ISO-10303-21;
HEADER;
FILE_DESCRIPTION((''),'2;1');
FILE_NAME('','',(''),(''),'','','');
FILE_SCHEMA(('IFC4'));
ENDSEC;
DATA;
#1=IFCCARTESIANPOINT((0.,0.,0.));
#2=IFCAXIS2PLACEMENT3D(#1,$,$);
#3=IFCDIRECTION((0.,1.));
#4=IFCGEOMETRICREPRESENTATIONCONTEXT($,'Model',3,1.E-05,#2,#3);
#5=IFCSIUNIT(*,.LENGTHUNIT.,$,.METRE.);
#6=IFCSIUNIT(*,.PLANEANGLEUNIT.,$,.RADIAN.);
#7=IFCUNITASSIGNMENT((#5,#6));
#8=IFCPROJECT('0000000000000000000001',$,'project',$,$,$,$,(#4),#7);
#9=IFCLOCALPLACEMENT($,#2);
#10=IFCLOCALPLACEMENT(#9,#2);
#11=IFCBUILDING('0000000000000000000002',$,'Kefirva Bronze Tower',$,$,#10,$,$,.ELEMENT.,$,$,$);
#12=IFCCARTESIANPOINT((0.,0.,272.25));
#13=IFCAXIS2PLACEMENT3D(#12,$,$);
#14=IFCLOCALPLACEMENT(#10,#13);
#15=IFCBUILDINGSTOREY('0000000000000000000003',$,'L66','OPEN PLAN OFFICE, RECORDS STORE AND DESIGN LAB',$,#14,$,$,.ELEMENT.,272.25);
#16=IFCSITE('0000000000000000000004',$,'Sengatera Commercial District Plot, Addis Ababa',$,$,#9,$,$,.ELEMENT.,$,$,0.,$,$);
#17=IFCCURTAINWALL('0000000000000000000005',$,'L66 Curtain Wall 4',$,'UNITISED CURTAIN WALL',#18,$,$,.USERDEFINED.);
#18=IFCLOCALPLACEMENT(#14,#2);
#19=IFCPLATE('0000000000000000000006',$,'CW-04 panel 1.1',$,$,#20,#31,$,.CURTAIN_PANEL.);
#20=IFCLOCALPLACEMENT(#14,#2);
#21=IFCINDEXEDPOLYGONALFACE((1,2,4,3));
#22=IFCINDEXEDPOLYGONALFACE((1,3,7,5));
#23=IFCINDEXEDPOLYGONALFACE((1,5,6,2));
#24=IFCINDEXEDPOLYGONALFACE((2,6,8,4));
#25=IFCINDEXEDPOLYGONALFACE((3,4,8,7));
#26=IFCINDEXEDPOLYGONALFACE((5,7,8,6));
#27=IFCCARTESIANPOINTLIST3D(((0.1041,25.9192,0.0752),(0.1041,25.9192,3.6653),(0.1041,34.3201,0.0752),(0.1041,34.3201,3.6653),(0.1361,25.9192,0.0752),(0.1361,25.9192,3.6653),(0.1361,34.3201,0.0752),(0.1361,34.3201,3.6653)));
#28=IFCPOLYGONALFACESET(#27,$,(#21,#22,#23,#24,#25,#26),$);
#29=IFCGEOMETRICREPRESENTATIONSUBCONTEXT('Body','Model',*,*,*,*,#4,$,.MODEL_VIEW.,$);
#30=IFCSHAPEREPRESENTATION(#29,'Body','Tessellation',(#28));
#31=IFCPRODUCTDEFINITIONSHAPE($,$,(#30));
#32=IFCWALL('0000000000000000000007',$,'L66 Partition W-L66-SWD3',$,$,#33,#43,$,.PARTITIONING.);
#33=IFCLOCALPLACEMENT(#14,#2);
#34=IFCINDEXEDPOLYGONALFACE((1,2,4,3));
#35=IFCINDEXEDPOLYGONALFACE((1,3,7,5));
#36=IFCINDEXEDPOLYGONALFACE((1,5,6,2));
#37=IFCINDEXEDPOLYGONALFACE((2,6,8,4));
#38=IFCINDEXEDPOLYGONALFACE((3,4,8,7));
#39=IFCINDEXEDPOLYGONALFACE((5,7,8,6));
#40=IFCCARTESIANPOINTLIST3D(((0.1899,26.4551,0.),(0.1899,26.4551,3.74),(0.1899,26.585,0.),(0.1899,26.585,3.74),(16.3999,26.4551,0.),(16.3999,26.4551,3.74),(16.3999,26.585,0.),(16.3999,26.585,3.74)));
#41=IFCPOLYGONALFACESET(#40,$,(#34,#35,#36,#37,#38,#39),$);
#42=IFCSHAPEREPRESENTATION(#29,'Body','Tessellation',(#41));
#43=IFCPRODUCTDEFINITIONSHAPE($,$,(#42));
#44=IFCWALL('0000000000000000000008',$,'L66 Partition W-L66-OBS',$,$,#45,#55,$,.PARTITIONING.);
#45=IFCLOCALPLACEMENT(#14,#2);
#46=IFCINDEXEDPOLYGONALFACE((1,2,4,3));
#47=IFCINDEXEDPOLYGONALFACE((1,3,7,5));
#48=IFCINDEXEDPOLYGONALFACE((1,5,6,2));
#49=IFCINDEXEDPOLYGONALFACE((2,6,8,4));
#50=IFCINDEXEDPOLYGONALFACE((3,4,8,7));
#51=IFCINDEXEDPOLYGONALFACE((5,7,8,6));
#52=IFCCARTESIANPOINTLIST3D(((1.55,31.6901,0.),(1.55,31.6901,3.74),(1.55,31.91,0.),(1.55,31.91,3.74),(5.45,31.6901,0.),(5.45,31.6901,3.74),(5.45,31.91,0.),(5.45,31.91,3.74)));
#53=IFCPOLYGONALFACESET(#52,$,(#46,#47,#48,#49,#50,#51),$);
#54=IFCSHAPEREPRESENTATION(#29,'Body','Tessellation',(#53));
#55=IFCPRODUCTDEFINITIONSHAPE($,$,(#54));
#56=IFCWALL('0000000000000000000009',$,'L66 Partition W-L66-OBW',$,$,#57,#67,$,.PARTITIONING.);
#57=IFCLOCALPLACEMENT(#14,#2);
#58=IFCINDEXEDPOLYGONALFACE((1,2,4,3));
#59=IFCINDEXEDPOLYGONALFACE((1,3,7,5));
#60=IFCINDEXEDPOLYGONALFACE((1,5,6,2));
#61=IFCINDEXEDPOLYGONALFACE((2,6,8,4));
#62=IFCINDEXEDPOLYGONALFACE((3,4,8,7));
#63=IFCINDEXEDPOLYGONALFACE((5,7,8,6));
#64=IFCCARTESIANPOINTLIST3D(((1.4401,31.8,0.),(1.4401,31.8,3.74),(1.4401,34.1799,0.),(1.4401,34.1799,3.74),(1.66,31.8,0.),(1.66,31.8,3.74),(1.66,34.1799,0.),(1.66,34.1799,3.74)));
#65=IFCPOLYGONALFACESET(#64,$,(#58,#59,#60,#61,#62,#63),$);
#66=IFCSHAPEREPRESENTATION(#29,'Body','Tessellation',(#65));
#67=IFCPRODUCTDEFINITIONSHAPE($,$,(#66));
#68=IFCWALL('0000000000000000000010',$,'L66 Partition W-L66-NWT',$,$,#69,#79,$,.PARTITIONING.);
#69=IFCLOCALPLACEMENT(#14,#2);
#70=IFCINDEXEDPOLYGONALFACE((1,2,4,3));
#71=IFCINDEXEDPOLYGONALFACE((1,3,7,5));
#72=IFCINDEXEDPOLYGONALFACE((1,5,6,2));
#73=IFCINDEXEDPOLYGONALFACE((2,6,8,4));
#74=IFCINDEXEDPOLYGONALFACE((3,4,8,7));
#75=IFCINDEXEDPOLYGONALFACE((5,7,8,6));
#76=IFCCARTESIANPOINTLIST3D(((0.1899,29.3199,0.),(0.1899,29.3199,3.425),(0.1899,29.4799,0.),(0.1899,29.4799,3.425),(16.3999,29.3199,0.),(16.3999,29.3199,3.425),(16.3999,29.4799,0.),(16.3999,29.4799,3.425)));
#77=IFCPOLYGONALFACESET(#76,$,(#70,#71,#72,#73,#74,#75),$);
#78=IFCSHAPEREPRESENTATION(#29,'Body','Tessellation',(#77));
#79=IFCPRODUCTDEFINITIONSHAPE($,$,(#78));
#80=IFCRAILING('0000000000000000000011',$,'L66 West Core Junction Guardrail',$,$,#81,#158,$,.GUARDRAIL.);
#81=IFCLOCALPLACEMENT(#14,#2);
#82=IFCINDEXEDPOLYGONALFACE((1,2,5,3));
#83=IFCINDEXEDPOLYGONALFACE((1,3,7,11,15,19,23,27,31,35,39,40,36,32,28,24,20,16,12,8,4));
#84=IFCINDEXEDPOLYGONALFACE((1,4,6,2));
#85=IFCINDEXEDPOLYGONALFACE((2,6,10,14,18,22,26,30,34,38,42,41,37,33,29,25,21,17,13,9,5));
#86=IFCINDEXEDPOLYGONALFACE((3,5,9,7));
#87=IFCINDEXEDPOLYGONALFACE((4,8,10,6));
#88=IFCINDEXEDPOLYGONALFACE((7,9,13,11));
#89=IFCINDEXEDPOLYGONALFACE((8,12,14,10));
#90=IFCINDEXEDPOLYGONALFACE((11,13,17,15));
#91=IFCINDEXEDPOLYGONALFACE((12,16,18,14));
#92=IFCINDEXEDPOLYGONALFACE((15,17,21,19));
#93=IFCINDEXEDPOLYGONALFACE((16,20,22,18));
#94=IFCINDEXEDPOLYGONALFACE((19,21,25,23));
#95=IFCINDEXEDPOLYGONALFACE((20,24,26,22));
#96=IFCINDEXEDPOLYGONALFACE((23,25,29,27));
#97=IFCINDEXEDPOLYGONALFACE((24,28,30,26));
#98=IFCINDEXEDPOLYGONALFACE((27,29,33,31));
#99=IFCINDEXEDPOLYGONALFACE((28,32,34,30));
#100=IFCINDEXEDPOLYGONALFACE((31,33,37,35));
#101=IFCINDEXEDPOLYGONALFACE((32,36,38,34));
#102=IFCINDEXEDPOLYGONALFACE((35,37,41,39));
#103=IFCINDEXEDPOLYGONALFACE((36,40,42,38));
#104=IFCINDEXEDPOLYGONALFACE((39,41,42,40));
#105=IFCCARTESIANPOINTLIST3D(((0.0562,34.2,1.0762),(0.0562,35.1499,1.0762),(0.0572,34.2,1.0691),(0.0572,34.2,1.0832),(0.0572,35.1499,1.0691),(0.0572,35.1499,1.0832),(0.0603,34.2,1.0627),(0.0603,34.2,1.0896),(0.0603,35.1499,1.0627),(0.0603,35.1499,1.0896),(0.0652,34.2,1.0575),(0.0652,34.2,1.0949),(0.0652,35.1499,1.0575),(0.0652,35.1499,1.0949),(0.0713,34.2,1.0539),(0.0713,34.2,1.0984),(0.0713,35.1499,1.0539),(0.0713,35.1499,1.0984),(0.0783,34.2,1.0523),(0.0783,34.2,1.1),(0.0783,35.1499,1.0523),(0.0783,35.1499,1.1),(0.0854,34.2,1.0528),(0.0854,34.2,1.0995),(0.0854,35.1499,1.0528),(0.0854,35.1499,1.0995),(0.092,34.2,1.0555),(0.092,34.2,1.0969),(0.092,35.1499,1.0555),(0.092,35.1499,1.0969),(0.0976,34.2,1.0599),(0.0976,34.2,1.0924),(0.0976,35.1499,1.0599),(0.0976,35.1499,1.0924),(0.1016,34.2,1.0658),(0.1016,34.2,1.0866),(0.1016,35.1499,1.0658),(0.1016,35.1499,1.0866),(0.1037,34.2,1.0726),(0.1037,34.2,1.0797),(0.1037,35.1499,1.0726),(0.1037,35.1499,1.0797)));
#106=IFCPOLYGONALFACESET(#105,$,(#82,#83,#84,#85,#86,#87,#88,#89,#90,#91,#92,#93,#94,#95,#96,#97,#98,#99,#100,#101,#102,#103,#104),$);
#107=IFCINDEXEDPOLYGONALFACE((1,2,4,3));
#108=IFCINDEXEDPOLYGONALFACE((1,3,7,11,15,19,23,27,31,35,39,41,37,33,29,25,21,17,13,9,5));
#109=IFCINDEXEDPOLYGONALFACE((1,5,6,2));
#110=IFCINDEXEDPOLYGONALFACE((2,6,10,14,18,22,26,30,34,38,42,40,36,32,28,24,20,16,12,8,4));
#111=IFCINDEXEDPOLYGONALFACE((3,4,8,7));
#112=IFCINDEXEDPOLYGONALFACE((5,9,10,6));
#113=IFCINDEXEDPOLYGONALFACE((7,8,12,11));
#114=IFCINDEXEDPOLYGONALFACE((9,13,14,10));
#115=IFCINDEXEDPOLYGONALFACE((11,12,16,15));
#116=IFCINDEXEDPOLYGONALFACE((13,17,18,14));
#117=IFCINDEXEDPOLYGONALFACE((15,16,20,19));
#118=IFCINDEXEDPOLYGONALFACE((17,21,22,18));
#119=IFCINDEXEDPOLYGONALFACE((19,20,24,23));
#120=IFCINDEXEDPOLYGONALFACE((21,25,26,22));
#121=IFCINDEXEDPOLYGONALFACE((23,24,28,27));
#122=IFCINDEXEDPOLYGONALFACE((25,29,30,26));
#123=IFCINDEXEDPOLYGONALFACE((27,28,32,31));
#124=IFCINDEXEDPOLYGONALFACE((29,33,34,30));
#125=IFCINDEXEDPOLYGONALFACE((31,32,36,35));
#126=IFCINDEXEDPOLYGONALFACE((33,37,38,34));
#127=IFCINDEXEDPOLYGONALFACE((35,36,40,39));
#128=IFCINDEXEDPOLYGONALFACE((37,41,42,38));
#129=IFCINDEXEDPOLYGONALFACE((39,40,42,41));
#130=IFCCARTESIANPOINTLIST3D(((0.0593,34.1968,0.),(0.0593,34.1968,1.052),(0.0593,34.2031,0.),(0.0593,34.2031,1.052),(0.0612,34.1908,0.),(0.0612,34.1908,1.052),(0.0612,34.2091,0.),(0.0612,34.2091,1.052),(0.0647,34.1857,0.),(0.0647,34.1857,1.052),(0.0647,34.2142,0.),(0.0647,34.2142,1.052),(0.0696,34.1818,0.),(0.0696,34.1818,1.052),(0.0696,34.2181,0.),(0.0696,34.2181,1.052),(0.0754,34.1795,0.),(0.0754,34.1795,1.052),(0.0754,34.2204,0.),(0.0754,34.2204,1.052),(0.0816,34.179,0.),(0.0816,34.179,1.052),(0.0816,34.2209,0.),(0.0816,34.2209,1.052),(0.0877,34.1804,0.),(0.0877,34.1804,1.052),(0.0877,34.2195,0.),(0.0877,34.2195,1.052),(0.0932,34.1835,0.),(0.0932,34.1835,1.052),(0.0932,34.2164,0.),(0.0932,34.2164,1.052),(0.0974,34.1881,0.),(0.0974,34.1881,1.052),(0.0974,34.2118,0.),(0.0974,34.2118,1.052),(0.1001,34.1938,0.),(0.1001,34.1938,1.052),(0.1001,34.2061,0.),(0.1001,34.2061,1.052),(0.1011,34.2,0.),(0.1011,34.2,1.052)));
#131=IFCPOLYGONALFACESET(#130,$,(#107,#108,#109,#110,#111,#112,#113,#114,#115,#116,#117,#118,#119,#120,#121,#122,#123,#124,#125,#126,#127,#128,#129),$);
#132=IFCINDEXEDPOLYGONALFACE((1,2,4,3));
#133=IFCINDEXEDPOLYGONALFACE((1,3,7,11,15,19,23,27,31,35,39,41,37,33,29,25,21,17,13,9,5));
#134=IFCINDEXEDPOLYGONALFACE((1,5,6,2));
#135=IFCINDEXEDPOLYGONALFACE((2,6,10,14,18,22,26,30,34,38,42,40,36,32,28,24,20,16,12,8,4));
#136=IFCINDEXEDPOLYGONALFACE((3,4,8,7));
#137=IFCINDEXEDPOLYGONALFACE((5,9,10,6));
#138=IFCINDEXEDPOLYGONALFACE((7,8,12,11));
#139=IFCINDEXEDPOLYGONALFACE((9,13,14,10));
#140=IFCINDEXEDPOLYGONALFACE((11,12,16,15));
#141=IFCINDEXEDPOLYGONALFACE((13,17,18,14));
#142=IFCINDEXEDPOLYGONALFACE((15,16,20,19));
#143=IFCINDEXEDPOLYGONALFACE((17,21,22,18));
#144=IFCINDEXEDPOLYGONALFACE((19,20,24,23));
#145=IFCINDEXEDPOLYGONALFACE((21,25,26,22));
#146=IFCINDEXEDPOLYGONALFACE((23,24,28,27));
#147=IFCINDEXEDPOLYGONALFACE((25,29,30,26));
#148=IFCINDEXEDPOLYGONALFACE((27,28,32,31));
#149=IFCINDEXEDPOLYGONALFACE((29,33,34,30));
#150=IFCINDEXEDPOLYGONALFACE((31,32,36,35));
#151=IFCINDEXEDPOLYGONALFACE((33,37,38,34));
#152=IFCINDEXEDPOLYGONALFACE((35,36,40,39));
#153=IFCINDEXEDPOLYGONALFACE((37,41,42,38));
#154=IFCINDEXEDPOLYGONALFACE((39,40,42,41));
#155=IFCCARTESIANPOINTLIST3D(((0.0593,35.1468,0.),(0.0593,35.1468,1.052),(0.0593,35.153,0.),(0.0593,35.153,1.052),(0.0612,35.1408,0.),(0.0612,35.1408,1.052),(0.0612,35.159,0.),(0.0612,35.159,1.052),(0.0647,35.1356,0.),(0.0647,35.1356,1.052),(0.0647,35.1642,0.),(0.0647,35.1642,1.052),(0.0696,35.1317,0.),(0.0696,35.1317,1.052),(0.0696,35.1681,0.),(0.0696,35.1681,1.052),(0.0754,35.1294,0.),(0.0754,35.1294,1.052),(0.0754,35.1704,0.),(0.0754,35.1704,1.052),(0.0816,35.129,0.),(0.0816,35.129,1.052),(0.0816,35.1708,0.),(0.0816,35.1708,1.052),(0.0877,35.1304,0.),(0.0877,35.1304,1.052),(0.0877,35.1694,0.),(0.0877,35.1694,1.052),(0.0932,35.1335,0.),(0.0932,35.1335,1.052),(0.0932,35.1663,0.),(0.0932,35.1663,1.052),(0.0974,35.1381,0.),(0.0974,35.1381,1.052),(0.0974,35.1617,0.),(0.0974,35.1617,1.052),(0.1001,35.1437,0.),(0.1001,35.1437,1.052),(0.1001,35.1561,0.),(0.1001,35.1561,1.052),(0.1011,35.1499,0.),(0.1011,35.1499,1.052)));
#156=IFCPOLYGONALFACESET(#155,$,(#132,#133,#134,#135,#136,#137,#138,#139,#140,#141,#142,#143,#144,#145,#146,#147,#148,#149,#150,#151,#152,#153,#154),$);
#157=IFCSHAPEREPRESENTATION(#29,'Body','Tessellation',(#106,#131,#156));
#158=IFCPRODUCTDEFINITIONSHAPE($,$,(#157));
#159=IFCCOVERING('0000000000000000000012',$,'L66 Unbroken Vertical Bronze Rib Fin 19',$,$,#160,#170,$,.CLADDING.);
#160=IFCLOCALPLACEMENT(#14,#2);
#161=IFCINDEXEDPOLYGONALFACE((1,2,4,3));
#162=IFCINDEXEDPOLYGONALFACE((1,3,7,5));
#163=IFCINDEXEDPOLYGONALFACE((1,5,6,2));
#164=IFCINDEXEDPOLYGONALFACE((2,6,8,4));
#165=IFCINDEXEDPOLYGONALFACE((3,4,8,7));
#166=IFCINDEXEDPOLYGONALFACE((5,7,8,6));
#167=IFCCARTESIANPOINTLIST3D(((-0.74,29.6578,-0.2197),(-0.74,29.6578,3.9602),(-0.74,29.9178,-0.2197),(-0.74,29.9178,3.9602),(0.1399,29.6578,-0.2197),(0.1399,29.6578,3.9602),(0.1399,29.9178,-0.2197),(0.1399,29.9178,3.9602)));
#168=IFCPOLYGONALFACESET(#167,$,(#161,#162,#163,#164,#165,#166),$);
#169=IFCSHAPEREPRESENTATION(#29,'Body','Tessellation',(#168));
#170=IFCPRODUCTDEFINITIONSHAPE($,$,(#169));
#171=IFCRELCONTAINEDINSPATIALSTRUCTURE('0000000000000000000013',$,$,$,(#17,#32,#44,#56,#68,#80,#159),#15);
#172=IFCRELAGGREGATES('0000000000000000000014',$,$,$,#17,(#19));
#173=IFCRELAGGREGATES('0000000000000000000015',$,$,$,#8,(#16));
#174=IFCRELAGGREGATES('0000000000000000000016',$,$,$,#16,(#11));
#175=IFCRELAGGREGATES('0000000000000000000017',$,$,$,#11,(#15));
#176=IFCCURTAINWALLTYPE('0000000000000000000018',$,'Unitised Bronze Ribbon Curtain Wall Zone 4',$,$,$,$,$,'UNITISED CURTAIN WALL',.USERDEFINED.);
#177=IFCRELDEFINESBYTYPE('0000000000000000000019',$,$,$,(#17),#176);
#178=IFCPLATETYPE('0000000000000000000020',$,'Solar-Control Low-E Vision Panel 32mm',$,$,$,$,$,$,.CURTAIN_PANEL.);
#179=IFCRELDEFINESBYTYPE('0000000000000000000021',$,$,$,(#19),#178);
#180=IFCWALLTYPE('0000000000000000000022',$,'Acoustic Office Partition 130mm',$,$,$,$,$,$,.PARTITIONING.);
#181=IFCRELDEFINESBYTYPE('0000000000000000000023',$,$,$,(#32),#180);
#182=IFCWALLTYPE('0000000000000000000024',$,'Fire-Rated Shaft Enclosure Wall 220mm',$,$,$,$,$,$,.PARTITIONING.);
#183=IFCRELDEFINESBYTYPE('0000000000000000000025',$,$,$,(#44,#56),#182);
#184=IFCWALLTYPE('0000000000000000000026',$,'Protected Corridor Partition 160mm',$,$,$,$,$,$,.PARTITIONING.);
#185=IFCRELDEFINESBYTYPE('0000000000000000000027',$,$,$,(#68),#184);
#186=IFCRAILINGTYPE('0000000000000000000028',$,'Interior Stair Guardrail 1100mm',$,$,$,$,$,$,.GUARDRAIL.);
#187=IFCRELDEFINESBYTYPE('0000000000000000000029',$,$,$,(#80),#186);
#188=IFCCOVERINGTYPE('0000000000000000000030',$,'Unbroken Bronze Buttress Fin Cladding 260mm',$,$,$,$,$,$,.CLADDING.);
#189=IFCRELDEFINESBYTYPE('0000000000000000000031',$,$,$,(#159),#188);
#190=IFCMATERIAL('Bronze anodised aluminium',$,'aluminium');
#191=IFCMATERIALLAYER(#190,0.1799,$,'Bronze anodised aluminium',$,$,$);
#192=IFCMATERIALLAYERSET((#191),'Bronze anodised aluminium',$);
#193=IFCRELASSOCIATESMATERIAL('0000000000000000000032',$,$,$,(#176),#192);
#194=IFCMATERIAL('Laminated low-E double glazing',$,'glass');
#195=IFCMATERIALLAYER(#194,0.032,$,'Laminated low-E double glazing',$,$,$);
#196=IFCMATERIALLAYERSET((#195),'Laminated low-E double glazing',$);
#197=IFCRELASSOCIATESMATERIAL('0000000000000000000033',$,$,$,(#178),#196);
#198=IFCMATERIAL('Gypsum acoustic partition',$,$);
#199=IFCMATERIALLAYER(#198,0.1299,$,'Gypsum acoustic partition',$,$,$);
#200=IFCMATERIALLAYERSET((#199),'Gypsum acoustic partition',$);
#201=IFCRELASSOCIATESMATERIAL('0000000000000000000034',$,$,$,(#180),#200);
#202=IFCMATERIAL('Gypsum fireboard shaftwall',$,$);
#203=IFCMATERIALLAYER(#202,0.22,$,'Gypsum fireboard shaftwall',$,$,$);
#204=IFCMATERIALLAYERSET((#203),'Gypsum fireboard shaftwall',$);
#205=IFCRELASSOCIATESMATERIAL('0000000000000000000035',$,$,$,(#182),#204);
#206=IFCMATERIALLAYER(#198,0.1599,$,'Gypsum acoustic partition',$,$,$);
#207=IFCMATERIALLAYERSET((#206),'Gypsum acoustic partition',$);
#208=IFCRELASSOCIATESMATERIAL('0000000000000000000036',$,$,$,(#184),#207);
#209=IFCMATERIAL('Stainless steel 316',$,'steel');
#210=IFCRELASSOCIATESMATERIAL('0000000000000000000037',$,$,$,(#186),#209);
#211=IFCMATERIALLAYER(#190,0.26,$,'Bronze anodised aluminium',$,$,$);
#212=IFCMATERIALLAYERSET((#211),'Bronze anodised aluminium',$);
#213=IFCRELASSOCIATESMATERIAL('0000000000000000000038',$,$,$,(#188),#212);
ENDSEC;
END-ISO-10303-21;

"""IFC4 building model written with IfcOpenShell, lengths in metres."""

from ifc_helpers import new_model, si_unit, direction, frame, frame_2d, origin, origin_2d, place, context, subcontext, project, spatial, rectangle, circle, extrude, material, layer, layer_set, type_object, element, aggregate, save


model = new_model("IFC4")

# Units and contexts
model_context = context("Model", 3, precision=1e-05, world=origin(), true_north=direction((0.0, 1.0)))
body_context = subcontext(model_context, "Body", "Model", "MODEL_VIEW")
ifc_project = project(units=[si_unit("LENGTHUNIT", "METRE"), si_unit("PLANEANGLEUNIT", "RADIAN")], contexts=[model_context])

# Site, building, storey
site_placement = place(None, origin())
site = spatial("IfcSite", under=ifc_project, at=site_placement, Name="Sengatera Commercial District Plot, Addis Ababa", CompositionType="ELEMENT", RefElevation=0.0)
building_placement = place(site_placement, origin())
building = spatial("IfcBuilding", under=site, at=building_placement, Name="Kefirva Bronze Tower", CompositionType="ELEMENT")
storey_placement = place(building_placement, frame((0.0, 0.0, 272.25)))
storey = spatial("IfcBuildingStorey", under=building, at=storey_placement, Name="L66", Description="OPEN PLAN OFFICE, RECORDS STORE AND DESIGN LAB", CompositionType="ELEMENT", Elevation=272.25)

# Curtain wall
ifc_material_1 = material(Name="Bronze anodised aluminium", Category="aluminium")
ifc_layer_1 = layer(ifc_material_1, 0.1799, Name="Bronze anodised aluminium")
ifc_layer_set_1 = layer_set([ifc_layer_1], Name="Bronze anodised aluminium")
curtain_wall_type = type_object("IfcCurtainWallType", Name="Unitised Bronze Ribbon Curtain Wall Zone 4", ElementType="UNITISED CURTAIN WALL", PredefinedType="USERDEFINED", material=ifc_layer_set_1)
curtain_wall_placement = place(storey_placement, origin())
curtain_wall = element("IfcCurtainWall", 1, at=curtain_wall_placement, inside=storey, type_object=curtain_wall_type, Name="L66 Curtain Wall 4", ObjectType="UNITISED CURTAIN WALL", PredefinedType="USERDEFINED")

# Plate
ifc_material_2 = material(Name="Laminated low-E double glazing", Category="glass")
ifc_layer_2 = layer(ifc_material_2, 0.032, Name="Laminated low-E double glazing")
ifc_layer_set_2 = layer_set([ifc_layer_2], Name="Laminated low-E double glazing")
plate_type = type_object("IfcPlateType", Name="Solar-Control Low-E Vision Panel 32mm", PredefinedType="CURTAIN_PANEL", material=ifc_layer_set_2)
plate_placement = place(storey_placement, frame((0.1201, 30.1196, 0.0752), z_axis=(0.0, 0.0, 1.0), x_axis=(0.0, -1.0, 0.0)))
plate = element("IfcPlate", 2, at=plate_placement, type_object=plate_type, Name="CW-04 panel 1.1", PredefinedType="CURTAIN_PANEL", context=body_context, shape_type="SweptSolid", body=[
    extrude(rectangle(XDim=8.4009, YDim=0.032, at=origin_2d()), origin(), (0.0, 0.0, 1.0), 3.5901),
])
aggregate(curtain_wall, [plate])

# Walls
ifc_material_3 = material(Name="Gypsum acoustic partition")
ifc_layer_3 = layer(ifc_material_3, 0.1299, Name="Gypsum acoustic partition")
ifc_layer_set_3 = layer_set([ifc_layer_3], Name="Gypsum acoustic partition")
wall_type_1 = type_object("IfcWallType", Name="Acoustic Office Partition 130mm", PredefinedType="PARTITIONING", material=ifc_layer_set_3)
wall_1_placement = place(storey_placement, frame((0.1899, 26.52, 0.0), z_axis=(0.0, 0.0, 1.0), x_axis=(1.0, 0.0, 0.0)))
element("IfcWall", 3, at=wall_1_placement, inside=storey, type_object=wall_type_1, Name="L66 Partition W-L66-SWD3", PredefinedType="PARTITIONING", context=body_context, shape_type="SweptSolid", body=[
    extrude(rectangle(XDim=16.21, YDim=0.1299, at=frame_2d((8.105, 0.0))), origin(), (0.0, 0.0, 1.0), 3.74),
])
ifc_material_4 = material(Name="Gypsum fireboard shaftwall")
ifc_layer_4 = layer(ifc_material_4, 0.22, Name="Gypsum fireboard shaftwall")
ifc_layer_set_4 = layer_set([ifc_layer_4], Name="Gypsum fireboard shaftwall")
wall_type_2 = type_object("IfcWallType", Name="Fire-Rated Shaft Enclosure Wall 220mm", PredefinedType="PARTITIONING", material=ifc_layer_set_4)
wall_2_placement = place(storey_placement, frame((1.55, 31.8, 0.0), z_axis=(0.0, 0.0, 1.0), x_axis=(1.0, 0.0, 0.0)))
element("IfcWall", 4, at=wall_2_placement, inside=storey, type_object=wall_type_2, Name="L66 Partition W-L66-OBS", PredefinedType="PARTITIONING", context=body_context, shape_type="SweptSolid", body=[
    extrude(rectangle(XDim=3.8999, YDim=0.22, at=frame_2d((1.95, 0.0))), origin(), (0.0, 0.0, 1.0), 3.74),
])
wall_3_placement = place(storey_placement, frame((1.55, 31.8, 0.0), z_axis=(0.0, 0.0, 1.0), x_axis=(0.0, 1.0, 0.0)))
element("IfcWall", 5, at=wall_3_placement, inside=storey, type_object=wall_type_2, Name="L66 Partition W-L66-OBW", PredefinedType="PARTITIONING", context=body_context, shape_type="SweptSolid", body=[
    extrude(rectangle(XDim=2.3799, YDim=0.22, at=frame_2d((1.1899, 0.0))), origin(), (0.0, 0.0, 1.0), 3.74),
])
ifc_layer_5 = layer(ifc_material_3, 0.1599, Name="Gypsum acoustic partition")
ifc_layer_set_5 = layer_set([ifc_layer_5], Name="Gypsum acoustic partition")
wall_type_3 = type_object("IfcWallType", Name="Protected Corridor Partition 160mm", PredefinedType="PARTITIONING", material=ifc_layer_set_5)
wall_4_placement = place(storey_placement, frame((0.1899, 29.3999, 0.0), z_axis=(0.0, 0.0, 1.0), x_axis=(1.0, 0.0, 0.0)))
element("IfcWall", 6, at=wall_4_placement, inside=storey, type_object=wall_type_3, Name="L66 Partition W-L66-NWT", PredefinedType="PARTITIONING", context=body_context, shape_type="SweptSolid", body=[
    extrude(rectangle(XDim=16.21, YDim=0.1599, at=frame_2d((8.105, 0.0))), origin(), (0.0, 0.0, 1.0), 3.425),
])

# Railing
ifc_material_5 = material(Name="Stainless steel 316", Category="steel")
railing_type = type_object("IfcRailingType", Name="Interior Stair Guardrail 1100mm", PredefinedType="GUARDRAIL", material=ifc_material_5)
railing_placement = place(storey_placement, frame((0.0801, 34.2, 0.0)))
element("IfcRailing", 7, at=railing_placement, inside=storey, type_object=railing_type, Name="L66 West Core Junction Guardrail", PredefinedType="GUARDRAIL", context=body_context, shape_type="SweptSolid", body=[
    extrude(circle(Radius=0.0239, at=origin_2d()), frame((0.0, 0.0, 1.0762), z_axis=(0.0, 1.0, 0.0), x_axis=(-1.0, 0.0, 0.0)), (0.0, 0.0, 1.0), 0.95),
    extrude(circle(Radius=0.021, at=origin_2d()), origin(), (0.0, 0.0, 1.0), 1.052),
    extrude(circle(Radius=0.021, at=origin_2d()), frame((0.0, 0.95, 0.0)), (0.0, 0.0, 1.0), 1.052),
])

# Covering
ifc_layer_6 = layer(ifc_material_1, 0.26, Name="Bronze anodised aluminium")
ifc_layer_set_6 = layer_set([ifc_layer_6], Name="Bronze anodised aluminium")
covering_type = type_object("IfcCoveringType", Name="Unbroken Bronze Buttress Fin Cladding 260mm", PredefinedType="CLADDING", material=ifc_layer_set_6)
covering_placement = place(storey_placement, frame((-0.3, 29.7878, -0.2197), z_axis=(0.0, 0.0, 1.0), x_axis=(0.0, -1.0, 0.0)))
element("IfcCovering", 8, at=covering_placement, inside=storey, type_object=covering_type, Name="L66 Unbroken Vertical Bronze Rib Fin 19", PredefinedType="CLADDING", context=body_context, shape_type="SweptSolid", body=[
    extrude(rectangle(XDim=0.26, YDim=0.8799, at=origin_2d()), origin(), (0.0, 0.0, 1.0), 4.1799),
])

save(model, "model.ifc")
